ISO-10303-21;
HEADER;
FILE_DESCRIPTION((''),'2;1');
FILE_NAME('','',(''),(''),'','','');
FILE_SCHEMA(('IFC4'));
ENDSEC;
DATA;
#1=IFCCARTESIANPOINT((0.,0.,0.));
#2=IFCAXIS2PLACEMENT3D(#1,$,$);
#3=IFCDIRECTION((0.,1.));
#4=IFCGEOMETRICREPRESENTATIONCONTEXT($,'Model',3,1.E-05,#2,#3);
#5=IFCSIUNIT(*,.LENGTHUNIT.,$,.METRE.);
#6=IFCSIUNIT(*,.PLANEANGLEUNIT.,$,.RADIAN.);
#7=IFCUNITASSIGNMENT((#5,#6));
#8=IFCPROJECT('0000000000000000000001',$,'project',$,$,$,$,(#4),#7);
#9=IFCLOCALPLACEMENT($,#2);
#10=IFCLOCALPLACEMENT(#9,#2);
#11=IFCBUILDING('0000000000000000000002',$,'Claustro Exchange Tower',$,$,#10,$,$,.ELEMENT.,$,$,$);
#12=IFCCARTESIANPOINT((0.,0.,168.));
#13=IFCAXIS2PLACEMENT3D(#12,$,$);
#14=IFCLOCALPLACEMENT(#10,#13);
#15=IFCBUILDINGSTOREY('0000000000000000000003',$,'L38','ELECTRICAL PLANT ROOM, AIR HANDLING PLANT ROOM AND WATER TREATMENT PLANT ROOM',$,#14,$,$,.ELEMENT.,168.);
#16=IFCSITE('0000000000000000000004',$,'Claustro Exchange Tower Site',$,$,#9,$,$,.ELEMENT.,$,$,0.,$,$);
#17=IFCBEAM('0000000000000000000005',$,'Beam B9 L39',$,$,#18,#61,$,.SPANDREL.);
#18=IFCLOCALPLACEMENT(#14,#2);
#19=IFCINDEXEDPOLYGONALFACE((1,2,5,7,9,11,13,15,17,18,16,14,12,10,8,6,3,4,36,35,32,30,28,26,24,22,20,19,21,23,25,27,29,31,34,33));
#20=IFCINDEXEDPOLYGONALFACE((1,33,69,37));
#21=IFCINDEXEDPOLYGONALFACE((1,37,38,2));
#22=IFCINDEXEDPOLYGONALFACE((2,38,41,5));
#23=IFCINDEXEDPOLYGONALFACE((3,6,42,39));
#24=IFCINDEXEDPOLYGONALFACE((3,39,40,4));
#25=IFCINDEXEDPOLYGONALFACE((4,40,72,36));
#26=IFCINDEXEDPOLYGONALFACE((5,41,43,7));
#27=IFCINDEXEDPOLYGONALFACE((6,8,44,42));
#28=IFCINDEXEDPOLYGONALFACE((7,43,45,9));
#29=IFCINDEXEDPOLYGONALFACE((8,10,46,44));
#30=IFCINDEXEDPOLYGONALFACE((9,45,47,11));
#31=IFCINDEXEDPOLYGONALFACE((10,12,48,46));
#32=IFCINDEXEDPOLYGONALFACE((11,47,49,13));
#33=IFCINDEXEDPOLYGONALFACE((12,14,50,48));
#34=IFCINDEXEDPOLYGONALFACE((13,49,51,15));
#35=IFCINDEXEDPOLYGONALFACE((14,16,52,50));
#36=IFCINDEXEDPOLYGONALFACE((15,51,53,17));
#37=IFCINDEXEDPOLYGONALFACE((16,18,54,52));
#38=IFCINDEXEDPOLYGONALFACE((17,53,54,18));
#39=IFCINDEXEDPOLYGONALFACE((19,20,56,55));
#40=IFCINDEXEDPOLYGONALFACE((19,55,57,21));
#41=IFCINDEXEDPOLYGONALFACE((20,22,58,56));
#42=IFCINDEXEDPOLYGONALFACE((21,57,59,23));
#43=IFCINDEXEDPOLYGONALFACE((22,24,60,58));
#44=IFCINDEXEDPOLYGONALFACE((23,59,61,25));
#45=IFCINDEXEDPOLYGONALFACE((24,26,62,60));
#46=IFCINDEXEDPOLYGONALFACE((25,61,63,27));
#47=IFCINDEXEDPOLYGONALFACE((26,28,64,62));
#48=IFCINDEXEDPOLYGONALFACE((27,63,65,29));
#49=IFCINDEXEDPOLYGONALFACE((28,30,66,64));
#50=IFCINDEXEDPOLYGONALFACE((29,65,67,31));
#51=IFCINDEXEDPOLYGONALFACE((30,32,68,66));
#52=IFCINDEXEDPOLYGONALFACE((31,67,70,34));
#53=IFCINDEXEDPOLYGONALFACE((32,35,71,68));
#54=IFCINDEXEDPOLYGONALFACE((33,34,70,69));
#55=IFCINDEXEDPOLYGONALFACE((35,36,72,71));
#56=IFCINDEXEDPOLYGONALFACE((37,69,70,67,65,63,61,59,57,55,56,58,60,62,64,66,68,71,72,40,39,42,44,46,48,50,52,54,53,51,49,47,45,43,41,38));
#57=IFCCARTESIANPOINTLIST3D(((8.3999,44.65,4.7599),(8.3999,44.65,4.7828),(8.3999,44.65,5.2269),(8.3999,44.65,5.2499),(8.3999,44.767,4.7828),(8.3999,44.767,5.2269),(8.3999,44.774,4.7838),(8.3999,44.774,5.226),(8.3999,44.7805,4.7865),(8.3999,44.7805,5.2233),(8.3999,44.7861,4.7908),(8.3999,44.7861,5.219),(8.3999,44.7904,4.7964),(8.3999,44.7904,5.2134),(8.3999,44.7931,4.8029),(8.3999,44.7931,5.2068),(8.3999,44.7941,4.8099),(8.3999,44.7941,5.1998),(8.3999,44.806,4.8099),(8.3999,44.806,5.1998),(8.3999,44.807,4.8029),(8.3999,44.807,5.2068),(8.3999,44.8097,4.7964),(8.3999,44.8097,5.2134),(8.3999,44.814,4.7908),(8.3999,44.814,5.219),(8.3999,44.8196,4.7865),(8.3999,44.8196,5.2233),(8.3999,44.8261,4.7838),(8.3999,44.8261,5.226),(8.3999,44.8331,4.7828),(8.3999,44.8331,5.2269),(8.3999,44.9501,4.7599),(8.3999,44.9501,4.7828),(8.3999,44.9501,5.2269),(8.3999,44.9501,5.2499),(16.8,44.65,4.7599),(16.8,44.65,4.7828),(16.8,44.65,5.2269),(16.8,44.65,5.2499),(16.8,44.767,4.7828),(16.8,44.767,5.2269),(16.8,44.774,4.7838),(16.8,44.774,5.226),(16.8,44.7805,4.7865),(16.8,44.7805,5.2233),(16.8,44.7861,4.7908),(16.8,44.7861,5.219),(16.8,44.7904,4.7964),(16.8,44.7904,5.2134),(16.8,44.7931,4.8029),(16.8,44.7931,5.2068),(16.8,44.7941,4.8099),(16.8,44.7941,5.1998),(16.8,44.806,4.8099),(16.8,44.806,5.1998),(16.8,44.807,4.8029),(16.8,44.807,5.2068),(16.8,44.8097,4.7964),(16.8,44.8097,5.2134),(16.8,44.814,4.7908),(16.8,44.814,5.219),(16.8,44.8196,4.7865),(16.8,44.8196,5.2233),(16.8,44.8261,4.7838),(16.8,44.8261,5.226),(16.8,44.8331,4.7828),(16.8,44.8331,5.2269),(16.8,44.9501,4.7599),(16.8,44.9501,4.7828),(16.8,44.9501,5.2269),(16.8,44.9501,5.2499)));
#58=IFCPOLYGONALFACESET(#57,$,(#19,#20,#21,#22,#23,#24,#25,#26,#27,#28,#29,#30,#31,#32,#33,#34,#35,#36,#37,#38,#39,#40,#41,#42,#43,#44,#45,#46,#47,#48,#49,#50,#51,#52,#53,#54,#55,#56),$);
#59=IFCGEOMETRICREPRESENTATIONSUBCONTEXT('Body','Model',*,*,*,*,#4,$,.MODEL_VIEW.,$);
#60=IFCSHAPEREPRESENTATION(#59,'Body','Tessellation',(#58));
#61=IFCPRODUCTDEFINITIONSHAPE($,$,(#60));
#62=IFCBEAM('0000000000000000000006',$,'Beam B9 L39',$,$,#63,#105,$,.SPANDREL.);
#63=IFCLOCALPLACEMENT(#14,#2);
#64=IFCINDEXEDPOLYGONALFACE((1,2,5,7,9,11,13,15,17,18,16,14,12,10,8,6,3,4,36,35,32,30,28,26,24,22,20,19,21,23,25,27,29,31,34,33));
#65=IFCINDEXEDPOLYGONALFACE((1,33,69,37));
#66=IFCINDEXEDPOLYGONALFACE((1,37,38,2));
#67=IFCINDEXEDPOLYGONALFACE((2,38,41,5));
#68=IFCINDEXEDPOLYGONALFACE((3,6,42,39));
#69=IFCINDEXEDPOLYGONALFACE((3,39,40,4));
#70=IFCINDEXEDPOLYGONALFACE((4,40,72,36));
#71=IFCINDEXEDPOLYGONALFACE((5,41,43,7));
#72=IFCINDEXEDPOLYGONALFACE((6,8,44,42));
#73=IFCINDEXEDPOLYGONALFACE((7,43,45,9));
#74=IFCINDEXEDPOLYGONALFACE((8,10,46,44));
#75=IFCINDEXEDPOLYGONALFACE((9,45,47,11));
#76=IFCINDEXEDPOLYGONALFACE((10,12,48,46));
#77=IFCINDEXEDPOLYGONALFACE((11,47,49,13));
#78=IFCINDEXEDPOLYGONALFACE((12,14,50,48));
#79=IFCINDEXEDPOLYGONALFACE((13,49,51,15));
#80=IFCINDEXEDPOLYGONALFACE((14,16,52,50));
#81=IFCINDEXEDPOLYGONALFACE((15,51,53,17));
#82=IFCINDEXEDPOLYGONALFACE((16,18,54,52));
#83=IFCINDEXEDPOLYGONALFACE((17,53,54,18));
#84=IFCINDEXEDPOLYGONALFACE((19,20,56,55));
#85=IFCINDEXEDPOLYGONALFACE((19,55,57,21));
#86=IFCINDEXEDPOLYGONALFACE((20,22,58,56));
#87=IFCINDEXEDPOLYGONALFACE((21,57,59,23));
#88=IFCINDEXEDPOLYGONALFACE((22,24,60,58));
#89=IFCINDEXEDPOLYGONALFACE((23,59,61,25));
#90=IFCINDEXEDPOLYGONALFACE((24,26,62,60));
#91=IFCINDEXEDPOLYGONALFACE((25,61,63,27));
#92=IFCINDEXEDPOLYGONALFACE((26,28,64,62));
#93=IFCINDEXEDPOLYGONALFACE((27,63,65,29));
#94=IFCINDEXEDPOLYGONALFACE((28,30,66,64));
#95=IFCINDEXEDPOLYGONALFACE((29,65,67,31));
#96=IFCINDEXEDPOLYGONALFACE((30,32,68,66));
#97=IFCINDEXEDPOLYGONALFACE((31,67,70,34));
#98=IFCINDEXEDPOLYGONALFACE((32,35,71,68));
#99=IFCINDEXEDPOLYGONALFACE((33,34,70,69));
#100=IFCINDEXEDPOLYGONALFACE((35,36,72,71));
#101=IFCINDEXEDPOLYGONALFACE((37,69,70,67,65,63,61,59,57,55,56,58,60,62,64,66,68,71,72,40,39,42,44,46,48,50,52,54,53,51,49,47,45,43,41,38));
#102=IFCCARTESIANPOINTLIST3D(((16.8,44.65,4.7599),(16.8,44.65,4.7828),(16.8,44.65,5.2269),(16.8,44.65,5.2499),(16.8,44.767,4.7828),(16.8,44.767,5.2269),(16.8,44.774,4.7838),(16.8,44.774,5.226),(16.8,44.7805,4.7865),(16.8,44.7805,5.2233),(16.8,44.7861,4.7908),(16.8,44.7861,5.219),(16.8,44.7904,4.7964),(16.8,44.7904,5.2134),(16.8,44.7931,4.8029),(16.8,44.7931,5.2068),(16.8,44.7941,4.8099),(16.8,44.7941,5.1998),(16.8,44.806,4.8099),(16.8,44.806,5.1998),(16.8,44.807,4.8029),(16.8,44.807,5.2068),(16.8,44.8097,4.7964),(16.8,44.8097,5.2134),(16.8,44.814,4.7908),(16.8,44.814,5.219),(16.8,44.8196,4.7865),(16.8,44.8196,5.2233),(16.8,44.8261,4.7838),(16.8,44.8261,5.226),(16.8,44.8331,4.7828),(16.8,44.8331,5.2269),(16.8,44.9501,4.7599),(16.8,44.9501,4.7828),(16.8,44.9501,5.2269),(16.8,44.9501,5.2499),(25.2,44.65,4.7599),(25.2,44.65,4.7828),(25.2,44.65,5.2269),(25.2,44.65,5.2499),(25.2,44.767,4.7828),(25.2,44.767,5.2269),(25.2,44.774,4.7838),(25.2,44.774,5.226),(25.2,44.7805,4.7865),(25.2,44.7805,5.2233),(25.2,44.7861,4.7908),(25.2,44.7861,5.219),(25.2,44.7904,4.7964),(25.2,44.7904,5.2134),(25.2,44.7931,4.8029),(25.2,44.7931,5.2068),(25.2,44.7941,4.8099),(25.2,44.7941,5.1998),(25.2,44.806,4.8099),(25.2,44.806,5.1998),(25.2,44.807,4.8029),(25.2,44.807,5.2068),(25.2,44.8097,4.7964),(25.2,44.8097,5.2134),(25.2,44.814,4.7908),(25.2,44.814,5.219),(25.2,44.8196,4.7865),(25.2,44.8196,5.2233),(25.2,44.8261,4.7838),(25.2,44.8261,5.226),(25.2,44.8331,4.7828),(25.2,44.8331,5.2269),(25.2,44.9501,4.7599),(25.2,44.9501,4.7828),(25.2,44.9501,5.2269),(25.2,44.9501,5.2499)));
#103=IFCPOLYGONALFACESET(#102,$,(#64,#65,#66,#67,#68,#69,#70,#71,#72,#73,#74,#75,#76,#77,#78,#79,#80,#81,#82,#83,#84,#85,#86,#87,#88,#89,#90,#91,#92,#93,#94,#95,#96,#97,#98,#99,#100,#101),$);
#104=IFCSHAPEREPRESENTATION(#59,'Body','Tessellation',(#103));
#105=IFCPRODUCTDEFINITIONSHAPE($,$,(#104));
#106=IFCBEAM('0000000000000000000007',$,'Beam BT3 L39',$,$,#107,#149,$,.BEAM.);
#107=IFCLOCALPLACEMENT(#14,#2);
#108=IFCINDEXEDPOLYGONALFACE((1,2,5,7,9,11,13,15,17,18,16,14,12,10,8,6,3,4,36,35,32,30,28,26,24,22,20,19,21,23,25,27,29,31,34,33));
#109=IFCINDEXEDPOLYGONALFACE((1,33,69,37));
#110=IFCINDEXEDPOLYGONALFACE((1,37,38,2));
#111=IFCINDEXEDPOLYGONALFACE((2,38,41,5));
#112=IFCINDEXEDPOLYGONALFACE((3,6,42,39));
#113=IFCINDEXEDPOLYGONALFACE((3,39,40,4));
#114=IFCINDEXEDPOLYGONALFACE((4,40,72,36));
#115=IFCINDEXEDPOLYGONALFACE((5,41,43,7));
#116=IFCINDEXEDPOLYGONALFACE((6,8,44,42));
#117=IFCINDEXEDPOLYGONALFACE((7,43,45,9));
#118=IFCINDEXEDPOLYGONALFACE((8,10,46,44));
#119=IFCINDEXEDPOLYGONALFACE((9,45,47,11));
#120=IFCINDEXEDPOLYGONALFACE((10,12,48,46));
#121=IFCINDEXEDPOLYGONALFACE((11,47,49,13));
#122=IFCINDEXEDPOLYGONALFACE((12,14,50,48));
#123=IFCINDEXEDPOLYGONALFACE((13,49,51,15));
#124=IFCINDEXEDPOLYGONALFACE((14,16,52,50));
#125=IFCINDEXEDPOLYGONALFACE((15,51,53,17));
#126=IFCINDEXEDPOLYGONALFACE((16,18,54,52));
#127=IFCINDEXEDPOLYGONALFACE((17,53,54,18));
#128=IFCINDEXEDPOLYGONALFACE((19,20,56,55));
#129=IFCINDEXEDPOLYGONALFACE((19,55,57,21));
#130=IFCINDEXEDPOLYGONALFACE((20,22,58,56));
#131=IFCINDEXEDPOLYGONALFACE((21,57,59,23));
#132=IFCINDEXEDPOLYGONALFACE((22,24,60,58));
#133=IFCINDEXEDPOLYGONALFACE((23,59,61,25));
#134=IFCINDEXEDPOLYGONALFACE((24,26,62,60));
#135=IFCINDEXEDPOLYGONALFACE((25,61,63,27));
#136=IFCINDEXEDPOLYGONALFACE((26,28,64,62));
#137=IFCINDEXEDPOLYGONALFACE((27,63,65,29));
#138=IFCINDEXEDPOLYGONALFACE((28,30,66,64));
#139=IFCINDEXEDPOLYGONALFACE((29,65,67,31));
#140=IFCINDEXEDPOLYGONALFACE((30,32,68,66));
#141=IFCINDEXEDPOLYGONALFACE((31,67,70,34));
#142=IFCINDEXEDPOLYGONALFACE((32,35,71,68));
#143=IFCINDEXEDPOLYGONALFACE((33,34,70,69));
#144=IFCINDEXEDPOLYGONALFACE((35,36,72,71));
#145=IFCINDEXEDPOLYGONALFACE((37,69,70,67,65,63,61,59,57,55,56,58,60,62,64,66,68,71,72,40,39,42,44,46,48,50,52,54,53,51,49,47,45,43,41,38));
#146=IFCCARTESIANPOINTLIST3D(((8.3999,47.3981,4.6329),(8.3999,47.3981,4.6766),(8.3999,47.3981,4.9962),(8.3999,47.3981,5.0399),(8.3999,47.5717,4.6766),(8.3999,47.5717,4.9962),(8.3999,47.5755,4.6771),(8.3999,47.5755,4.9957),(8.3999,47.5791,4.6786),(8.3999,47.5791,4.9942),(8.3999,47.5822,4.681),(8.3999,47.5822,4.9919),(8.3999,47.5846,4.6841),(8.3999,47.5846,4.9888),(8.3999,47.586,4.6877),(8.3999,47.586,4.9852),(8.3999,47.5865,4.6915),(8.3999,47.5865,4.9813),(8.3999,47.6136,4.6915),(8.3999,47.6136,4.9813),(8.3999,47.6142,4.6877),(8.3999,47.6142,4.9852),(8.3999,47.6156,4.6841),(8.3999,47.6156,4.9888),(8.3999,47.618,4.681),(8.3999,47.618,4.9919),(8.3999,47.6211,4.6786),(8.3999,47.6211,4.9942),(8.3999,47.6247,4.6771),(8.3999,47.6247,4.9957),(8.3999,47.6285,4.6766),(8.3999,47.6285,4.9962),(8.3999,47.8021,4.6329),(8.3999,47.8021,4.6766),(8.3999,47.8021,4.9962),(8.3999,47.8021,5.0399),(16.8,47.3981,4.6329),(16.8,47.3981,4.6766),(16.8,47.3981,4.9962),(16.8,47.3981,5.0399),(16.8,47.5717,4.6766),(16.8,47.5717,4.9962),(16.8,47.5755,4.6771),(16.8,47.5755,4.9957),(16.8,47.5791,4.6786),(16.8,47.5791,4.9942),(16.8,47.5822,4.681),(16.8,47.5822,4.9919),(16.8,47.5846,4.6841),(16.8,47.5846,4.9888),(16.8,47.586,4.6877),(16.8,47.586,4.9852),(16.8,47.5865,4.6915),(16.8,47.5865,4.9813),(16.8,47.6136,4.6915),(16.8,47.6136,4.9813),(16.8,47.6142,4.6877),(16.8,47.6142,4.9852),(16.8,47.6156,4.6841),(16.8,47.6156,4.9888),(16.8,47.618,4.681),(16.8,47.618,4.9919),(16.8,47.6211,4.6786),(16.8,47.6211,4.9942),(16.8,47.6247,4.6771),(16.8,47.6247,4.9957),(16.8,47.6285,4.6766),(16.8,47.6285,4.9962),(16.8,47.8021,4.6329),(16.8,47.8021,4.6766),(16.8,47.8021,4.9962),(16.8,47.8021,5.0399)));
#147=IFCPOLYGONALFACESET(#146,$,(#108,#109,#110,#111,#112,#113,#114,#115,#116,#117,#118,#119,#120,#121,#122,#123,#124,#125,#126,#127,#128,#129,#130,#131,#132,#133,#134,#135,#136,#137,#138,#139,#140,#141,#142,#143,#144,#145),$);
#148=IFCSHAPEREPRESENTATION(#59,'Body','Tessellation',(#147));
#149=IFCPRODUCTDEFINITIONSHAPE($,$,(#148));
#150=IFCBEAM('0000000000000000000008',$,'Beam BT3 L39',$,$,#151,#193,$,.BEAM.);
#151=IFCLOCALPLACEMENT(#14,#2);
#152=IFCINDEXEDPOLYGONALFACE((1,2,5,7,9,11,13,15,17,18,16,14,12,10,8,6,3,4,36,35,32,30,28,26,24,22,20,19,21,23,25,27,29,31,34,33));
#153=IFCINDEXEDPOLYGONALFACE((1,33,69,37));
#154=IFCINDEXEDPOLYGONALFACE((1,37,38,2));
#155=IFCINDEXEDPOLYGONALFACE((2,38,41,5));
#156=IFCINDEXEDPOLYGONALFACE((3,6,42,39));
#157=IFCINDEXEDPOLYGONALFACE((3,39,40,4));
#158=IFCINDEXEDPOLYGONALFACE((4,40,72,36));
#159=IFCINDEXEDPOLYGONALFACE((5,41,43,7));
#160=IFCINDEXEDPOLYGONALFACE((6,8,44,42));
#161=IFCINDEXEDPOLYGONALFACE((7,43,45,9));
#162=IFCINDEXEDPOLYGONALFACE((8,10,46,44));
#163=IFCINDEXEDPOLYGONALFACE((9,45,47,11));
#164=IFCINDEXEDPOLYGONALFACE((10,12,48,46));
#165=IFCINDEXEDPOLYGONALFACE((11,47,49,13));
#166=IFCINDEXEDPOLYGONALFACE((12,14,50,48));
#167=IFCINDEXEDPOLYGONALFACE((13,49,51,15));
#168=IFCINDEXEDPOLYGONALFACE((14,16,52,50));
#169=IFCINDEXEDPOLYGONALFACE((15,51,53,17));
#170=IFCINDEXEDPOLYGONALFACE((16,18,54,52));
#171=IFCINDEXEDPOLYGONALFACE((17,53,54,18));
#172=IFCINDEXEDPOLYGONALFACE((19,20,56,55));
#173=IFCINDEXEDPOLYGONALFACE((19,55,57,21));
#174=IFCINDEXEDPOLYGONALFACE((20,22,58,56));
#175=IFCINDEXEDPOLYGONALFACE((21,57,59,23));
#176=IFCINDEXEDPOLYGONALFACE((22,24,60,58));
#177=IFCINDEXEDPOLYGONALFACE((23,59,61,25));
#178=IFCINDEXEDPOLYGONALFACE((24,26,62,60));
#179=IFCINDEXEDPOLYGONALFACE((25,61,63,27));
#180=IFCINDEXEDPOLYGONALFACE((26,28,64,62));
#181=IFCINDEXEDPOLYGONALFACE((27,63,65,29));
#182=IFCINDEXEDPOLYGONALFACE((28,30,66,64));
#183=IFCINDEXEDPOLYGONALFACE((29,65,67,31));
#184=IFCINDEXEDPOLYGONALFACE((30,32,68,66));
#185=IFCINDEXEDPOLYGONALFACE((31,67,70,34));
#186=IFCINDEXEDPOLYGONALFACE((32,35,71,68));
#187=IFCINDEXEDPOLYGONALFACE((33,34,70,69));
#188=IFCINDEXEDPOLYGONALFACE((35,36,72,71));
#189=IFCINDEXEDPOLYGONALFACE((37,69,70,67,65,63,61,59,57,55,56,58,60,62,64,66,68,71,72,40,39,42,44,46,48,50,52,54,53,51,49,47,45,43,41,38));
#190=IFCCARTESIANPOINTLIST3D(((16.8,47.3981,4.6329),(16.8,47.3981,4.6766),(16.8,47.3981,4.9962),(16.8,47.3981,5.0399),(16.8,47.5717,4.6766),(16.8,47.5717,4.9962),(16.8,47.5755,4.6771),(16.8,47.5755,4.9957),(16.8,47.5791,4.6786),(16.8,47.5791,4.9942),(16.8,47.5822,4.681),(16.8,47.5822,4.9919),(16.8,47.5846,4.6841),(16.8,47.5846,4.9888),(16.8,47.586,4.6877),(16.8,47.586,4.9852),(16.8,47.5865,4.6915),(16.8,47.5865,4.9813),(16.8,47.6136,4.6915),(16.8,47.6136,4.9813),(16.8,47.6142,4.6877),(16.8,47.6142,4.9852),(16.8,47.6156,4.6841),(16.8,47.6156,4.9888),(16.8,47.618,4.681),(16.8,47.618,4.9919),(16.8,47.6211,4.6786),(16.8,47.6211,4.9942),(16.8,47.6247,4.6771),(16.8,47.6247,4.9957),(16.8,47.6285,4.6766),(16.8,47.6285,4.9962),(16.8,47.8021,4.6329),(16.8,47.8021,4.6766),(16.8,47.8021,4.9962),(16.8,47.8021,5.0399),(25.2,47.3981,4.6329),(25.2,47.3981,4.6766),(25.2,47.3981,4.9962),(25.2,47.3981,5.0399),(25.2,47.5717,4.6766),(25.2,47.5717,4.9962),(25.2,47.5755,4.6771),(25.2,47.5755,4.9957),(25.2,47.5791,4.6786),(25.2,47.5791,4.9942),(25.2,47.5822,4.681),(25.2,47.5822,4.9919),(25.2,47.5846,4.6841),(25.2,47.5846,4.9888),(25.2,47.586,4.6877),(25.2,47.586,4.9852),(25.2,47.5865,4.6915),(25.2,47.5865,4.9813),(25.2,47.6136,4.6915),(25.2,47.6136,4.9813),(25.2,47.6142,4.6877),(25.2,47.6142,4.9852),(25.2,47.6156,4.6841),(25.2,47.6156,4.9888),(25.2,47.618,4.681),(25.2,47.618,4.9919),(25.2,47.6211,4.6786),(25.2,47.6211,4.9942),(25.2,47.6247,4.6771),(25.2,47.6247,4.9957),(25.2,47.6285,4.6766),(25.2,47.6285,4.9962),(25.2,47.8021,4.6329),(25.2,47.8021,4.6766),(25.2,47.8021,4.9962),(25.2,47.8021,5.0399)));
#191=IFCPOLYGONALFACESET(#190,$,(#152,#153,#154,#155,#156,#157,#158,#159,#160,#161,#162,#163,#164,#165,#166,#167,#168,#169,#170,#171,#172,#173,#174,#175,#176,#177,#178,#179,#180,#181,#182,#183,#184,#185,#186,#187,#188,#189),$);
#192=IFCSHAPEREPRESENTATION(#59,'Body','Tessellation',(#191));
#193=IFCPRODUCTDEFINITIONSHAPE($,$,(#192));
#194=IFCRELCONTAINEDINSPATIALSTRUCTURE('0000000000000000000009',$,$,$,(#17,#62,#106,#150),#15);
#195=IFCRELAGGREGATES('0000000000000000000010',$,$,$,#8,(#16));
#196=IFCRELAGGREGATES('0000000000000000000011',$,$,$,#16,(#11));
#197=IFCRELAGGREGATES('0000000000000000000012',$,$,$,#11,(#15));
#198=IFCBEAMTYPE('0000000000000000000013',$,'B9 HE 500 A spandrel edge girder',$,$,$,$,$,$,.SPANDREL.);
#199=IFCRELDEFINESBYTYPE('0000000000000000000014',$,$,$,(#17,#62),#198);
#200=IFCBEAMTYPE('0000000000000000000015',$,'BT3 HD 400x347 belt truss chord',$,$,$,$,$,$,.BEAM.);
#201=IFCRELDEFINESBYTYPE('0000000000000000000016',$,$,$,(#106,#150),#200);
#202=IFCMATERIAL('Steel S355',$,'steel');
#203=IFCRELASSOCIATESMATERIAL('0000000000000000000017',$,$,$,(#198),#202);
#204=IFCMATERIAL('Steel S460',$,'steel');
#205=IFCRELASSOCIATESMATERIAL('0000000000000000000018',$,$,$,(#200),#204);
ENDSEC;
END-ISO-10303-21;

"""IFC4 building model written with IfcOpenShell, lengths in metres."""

from ifc_helpers import new_model, si_unit, direction, frame, origin, origin_2d, place, context, subcontext, project, spatial, i_section, extrude, material, material_profile, profile_set, type_object, element, save


model = new_model("IFC4")

# Units and contexts
model_context = context("Model", 3, precision=1e-05, world=origin(), true_north=direction((0.0, 1.0)))
body_context = subcontext(model_context, "Body", "Model", "MODEL_VIEW")
ifc_project = project(units=[si_unit("LENGTHUNIT", "METRE"), si_unit("PLANEANGLEUNIT", "RADIAN")], contexts=[model_context])

# Site, building, storey
site_placement = place(None, origin())
site = spatial("IfcSite", under=ifc_project, at=site_placement, Name="Claustro Exchange Tower Site", CompositionType="ELEMENT", RefElevation=0.0)
building_placement = place(site_placement, origin())
building = spatial("IfcBuilding", under=site, at=building_placement, Name="Claustro Exchange Tower", CompositionType="ELEMENT")
storey_placement = place(building_placement, frame((0.0, 0.0, 168.0)))
storey = spatial("IfcBuildingStorey", under=building, at=storey_placement, Name="L38", Description="ELECTRICAL PLANT ROOM, AIR HANDLING PLANT ROOM AND WATER TREATMENT PLANT ROOM", CompositionType="ELEMENT", Elevation=168.0)

# Beams
ifc_material_1 = material(Name="Steel S355", Category="steel")
ifc_material_profile_1 = material_profile(ifc_material_1, i_section(OverallWidth=0.3, OverallDepth=0.49, WebThickness=0.012, FlangeThickness=0.0229, FilletRadius=0.0271, at=origin_2d()), Name="HE 500 A")
ifc_profile_set_1 = profile_set([ifc_material_profile_1], Name="Steel S355")
beam_type_1 = type_object("IfcBeamType", Name="B9 HE 500 A spandrel edge girder", PredefinedType="SPANDREL", material=ifc_profile_set_1)
beam_1_placement = place(storey_placement, frame((8.3999, 44.8, 5.0049), z_axis=(1.0, 0.0, 0.0), x_axis=(0.0, 1.0, 0.0)))
element("IfcBeam", 1, at=beam_1_placement, inside=storey, type_object=beam_type_1, Name="Beam B9 L39", PredefinedType="SPANDREL", context=body_context, shape_type="SweptSolid", body=[
    extrude(i_section(OverallWidth=0.3, OverallDepth=0.49, WebThickness=0.012, FlangeThickness=0.0229, FilletRadius=0.0271, at=origin_2d()), origin(), (0.0, 0.0, 1.0), 8.4001),
])
beam_2_placement = place(storey_placement, frame((16.8, 44.8, 5.0049), z_axis=(1.0, 0.0, 0.0), x_axis=(0.0, 1.0, 0.0)))
element("IfcBeam", 2, at=beam_2_placement, inside=storey, type_object=beam_type_1, Name="Beam B9 L39", PredefinedType="SPANDREL", context=body_context, shape_type="SweptSolid", body=[
    extrude(i_section(OverallWidth=0.3, OverallDepth=0.49, WebThickness=0.012, FlangeThickness=0.0229, FilletRadius=0.0271, at=origin_2d()), origin(), (0.0, 0.0, 1.0), 8.3999),
])
ifc_material_2 = material(Name="Steel S460", Category="steel")
ifc_material_profile_2 = material_profile(ifc_material_2, i_section(OverallWidth=0.4041, OverallDepth=0.407, WebThickness=0.0271, FlangeThickness=0.0437, FilletRadius=0.0149, at=origin_2d()), Name="HD 400x347")
ifc_profile_set_2 = profile_set([ifc_material_profile_2], Name="Steel S460")
beam_type_2 = type_object("IfcBeamType", Name="BT3 HD 400x347 belt truss chord", PredefinedType="BEAM", material=ifc_profile_set_2)
beam_3_placement = place(storey_placement, frame((8.3999, 47.6001, 4.8364), z_axis=(1.0, 0.0, 0.0), x_axis=(0.0, 1.0, 0.0)))
element("IfcBeam", 3, at=beam_3_placement, inside=storey, type_object=beam_type_2, Name="Beam BT3 L39", PredefinedType="BEAM", context=body_context, shape_type="SweptSolid", body=[
    extrude(i_section(OverallWidth=0.4041, OverallDepth=0.407, WebThickness=0.0271, FlangeThickness=0.0437, FilletRadius=0.0149, at=origin_2d()), origin(), (0.0, 0.0, 1.0), 8.4001),
])
beam_4_placement = place(storey_placement, frame((16.8, 47.6001, 4.8364), z_axis=(1.0, 0.0, 0.0), x_axis=(0.0, 1.0, 0.0)))
element("IfcBeam", 4, at=beam_4_placement, inside=storey, type_object=beam_type_2, Name="Beam BT3 L39", PredefinedType="BEAM", context=body_context, shape_type="SweptSolid", body=[
    extrude(i_section(OverallWidth=0.4041, OverallDepth=0.407, WebThickness=0.0271, FlangeThickness=0.0437, FilletRadius=0.0149, at=origin_2d()), origin(), (0.0, 0.0, 1.0), 8.3999),
])

save(model, "model.ifc")
